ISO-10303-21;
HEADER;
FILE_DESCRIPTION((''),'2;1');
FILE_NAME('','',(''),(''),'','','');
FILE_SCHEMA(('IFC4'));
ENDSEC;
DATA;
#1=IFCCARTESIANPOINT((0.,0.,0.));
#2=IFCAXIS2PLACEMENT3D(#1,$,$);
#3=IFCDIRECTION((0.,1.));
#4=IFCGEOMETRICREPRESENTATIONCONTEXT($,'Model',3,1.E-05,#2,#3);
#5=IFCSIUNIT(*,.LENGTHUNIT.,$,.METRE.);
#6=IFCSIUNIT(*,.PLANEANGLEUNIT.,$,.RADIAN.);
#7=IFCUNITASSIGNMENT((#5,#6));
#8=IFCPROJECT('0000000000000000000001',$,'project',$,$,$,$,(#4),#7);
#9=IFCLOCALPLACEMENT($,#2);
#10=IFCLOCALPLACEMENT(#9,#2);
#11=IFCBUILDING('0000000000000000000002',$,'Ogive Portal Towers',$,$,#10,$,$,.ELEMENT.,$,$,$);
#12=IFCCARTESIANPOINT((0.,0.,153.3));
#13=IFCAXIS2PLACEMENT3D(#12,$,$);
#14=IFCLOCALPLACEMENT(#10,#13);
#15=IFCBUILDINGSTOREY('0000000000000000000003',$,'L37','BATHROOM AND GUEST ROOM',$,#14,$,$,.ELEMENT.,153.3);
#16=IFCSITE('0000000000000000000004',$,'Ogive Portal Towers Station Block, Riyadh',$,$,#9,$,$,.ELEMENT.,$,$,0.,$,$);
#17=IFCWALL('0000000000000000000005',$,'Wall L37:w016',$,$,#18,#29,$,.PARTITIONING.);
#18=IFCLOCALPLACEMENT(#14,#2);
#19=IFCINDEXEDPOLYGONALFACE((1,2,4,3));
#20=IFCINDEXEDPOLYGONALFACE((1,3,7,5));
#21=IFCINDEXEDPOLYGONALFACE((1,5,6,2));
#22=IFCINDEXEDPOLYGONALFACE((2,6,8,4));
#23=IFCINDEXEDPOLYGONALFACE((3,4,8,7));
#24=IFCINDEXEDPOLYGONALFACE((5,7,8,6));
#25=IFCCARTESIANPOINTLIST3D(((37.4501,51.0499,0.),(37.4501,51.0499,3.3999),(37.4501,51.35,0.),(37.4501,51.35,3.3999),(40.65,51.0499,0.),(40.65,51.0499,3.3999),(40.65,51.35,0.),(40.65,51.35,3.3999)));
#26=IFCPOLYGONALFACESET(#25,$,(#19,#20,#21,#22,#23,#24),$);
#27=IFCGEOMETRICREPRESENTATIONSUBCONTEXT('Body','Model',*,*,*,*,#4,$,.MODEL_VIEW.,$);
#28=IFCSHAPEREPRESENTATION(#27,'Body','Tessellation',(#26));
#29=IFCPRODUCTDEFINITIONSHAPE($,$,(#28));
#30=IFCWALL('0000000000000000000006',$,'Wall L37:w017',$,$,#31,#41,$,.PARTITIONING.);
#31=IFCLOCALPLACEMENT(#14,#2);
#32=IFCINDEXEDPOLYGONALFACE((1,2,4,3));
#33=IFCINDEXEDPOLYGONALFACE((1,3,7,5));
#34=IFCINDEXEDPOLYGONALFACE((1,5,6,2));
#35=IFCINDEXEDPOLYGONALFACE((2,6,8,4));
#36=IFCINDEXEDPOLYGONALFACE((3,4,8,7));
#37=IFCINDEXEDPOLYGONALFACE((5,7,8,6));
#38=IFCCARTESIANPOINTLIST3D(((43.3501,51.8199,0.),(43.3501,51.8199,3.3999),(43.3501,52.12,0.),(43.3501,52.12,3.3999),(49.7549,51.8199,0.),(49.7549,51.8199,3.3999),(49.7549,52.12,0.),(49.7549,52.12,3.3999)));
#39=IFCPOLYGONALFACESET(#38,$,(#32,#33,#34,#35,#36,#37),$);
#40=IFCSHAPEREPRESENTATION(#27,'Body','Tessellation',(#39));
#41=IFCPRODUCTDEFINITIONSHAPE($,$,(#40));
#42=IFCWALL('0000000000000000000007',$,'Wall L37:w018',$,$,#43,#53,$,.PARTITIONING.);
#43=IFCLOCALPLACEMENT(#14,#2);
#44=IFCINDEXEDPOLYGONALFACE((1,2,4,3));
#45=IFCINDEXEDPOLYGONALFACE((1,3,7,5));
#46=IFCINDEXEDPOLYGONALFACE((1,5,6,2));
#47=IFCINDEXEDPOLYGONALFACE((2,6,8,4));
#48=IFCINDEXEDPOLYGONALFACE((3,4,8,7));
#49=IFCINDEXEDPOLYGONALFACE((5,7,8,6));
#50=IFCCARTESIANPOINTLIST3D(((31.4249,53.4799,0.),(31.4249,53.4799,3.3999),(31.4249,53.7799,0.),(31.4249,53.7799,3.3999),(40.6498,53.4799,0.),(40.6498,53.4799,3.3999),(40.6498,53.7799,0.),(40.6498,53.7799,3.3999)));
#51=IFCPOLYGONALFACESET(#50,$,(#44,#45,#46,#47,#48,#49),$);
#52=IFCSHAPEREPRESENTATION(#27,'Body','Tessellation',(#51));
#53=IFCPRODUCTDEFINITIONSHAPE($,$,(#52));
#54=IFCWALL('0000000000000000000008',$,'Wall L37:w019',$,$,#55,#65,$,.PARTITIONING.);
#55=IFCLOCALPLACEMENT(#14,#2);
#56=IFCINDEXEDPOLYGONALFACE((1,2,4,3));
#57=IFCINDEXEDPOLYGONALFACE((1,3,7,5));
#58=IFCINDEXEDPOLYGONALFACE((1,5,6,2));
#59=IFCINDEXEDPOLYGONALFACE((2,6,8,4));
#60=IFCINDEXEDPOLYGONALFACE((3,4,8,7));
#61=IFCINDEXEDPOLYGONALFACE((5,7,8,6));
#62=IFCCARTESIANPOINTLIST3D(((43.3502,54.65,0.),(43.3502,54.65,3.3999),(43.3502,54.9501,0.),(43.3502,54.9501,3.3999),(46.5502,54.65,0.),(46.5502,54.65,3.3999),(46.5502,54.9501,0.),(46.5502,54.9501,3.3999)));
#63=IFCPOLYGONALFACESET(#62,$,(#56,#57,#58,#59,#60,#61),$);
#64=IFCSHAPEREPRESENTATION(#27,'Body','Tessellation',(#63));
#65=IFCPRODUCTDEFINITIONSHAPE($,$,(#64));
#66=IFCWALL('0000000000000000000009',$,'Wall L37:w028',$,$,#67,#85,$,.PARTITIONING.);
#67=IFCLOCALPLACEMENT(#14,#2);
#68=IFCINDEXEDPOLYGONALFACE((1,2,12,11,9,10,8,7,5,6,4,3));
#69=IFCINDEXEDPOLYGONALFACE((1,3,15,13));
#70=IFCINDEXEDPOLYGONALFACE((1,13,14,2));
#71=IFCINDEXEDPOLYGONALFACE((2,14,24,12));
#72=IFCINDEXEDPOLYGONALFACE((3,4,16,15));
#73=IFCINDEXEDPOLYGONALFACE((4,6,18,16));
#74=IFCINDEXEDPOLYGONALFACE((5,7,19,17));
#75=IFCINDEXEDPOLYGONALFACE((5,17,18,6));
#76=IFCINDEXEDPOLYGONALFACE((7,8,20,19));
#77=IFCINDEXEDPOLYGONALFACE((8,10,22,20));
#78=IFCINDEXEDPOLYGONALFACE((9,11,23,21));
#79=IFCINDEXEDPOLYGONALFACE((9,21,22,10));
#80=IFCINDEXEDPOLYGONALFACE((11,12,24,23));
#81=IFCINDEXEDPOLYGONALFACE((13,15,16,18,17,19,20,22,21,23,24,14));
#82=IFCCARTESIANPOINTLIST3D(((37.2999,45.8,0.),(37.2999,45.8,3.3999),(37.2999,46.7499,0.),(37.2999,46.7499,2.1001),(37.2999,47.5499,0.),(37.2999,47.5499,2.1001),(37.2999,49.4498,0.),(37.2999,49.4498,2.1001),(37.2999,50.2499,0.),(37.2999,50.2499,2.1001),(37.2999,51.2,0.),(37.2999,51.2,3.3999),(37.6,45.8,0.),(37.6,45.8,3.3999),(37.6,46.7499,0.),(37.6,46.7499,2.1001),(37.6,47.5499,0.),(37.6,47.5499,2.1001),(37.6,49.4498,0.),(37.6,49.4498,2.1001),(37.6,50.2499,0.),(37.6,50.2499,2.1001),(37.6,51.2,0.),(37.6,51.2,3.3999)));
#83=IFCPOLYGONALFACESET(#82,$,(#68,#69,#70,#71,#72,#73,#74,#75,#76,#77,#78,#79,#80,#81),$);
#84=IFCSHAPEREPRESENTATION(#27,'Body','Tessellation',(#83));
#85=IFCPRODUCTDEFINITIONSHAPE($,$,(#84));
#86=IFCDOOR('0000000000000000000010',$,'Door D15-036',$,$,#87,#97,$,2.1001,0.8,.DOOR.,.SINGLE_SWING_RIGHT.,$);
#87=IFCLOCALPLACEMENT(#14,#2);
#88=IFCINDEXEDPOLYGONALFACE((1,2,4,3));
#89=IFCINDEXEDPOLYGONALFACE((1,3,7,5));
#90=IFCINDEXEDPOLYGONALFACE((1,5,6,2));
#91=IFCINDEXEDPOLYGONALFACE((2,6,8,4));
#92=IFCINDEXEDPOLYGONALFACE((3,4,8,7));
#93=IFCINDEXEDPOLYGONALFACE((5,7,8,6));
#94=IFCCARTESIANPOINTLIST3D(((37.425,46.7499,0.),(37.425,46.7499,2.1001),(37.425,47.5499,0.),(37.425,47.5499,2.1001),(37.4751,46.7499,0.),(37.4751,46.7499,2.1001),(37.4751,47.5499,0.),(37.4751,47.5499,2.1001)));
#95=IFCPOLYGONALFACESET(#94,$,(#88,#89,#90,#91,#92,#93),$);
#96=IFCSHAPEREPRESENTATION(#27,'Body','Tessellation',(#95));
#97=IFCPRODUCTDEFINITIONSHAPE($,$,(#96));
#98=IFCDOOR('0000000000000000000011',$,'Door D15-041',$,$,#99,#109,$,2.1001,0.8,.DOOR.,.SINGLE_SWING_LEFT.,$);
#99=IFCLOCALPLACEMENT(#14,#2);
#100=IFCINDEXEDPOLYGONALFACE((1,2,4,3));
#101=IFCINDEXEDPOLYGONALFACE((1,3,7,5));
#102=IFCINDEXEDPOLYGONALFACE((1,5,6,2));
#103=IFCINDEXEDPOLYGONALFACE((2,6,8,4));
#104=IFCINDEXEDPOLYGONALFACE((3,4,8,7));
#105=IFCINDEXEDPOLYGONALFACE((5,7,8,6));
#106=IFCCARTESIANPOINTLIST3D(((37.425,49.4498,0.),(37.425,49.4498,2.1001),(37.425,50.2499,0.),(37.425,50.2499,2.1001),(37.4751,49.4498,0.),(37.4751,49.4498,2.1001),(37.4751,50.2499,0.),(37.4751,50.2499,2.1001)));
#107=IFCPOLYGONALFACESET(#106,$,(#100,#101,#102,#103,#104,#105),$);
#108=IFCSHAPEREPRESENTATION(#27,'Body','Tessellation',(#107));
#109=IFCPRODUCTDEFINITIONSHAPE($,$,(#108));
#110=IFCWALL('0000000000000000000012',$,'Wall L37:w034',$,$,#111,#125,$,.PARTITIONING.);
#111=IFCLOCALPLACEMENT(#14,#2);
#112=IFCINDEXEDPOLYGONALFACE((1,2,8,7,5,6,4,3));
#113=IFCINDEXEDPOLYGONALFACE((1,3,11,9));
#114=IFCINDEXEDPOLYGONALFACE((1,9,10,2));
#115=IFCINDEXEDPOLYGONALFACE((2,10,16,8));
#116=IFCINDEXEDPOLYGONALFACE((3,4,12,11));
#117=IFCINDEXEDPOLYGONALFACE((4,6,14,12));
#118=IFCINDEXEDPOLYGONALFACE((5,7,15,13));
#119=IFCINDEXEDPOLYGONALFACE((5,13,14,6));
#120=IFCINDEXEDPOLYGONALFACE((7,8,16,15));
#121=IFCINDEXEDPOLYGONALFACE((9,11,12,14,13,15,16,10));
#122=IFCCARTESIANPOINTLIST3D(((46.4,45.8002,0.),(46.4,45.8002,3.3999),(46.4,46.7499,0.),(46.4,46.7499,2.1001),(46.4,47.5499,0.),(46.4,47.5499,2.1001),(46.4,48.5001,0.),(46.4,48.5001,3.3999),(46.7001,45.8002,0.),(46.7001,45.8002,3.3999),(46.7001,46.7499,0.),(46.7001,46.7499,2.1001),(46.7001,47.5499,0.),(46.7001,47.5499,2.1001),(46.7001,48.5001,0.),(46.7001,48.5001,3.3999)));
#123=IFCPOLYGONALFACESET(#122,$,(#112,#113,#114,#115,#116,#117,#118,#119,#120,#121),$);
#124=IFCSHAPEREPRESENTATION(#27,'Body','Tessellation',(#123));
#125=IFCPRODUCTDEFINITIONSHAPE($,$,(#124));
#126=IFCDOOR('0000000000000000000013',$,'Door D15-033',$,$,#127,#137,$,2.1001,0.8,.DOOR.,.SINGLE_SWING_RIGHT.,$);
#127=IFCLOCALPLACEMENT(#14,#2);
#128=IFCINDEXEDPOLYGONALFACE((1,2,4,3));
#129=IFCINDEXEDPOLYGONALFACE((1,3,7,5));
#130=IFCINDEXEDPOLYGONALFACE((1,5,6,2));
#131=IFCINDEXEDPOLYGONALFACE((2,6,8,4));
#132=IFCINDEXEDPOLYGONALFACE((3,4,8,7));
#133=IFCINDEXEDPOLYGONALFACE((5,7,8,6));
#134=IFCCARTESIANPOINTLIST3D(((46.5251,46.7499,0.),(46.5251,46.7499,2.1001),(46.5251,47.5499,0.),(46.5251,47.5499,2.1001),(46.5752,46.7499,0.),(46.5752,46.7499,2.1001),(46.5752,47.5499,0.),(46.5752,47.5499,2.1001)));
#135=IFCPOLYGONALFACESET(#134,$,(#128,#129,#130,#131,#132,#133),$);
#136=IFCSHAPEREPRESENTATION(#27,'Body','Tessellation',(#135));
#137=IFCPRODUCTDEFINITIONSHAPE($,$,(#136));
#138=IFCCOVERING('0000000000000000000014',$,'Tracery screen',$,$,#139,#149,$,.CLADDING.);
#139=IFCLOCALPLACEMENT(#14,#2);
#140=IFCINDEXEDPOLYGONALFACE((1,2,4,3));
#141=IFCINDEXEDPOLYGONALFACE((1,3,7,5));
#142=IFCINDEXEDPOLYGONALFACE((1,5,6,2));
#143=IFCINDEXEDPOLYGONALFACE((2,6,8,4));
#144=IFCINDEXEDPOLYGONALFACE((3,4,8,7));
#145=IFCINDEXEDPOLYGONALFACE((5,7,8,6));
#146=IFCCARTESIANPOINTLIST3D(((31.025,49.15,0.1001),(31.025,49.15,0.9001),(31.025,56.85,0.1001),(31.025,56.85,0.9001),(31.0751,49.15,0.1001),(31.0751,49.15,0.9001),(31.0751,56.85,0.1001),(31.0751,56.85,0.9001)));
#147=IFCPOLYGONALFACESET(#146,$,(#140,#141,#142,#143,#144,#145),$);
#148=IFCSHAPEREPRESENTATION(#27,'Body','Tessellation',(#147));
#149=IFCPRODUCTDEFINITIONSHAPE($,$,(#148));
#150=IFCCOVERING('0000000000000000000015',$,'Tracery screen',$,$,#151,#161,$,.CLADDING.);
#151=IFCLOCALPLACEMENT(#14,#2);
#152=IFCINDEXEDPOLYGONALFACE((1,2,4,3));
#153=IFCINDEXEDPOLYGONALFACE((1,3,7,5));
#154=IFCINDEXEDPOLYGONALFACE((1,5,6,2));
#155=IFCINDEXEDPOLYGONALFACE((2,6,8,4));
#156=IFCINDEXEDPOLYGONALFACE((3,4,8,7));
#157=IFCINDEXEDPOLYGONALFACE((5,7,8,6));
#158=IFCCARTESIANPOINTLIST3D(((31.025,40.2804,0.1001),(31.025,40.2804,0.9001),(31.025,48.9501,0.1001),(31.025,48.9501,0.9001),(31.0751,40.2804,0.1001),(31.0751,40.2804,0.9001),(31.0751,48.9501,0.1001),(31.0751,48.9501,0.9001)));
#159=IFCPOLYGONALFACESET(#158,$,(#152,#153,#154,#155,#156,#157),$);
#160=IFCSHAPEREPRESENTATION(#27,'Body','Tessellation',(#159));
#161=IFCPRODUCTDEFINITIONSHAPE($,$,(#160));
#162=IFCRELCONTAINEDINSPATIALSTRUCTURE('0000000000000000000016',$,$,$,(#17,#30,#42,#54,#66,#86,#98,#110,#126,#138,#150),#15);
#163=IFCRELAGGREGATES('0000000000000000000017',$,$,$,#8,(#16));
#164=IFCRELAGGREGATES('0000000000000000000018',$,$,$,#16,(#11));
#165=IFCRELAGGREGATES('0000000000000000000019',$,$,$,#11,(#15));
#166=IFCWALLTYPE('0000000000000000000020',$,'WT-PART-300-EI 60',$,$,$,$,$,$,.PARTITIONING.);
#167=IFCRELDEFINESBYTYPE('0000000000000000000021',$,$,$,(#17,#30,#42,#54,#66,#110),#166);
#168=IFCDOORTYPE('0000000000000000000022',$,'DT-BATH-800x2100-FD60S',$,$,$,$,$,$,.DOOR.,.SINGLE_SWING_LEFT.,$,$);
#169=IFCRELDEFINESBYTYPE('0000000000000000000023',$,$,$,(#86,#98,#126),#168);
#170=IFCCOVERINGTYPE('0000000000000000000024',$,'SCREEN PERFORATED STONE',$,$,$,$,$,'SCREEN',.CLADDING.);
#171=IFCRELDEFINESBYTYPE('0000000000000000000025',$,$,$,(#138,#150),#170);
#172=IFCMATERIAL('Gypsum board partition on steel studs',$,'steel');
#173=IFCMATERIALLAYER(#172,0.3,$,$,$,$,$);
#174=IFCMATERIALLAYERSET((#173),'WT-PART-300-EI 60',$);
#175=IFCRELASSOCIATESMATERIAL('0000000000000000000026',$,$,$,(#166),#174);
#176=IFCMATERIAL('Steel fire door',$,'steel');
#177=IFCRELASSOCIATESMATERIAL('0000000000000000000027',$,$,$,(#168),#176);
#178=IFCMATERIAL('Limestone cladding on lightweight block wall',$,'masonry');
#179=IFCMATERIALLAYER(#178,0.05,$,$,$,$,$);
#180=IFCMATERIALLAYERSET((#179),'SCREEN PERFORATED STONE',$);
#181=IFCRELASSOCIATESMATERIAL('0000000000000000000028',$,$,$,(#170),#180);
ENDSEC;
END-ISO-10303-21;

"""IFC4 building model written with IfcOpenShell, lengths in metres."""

from ifc_helpers import new_model, si_unit, direction, frame, frame_2d, origin, origin_2d, place, context, subcontext, project, spatial, rectangle, extrude, material, layer, layer_set, type_object, element, fill, save


model = new_model("IFC4")

# Units and contexts
model_context = context("Model", 3, precision=1e-05, world=origin(), true_north=direction((0.0, 1.0)))
body_context = subcontext(model_context, "Body", "Model", "MODEL_VIEW")
ifc_project = project(units=[si_unit("LENGTHUNIT", "METRE"), si_unit("PLANEANGLEUNIT", "RADIAN")], contexts=[model_context])

# Site, building, storey
site_placement = place(None, origin())
site = spatial("IfcSite", under=ifc_project, at=site_placement, Name="Ogive Portal Towers Station Block, Riyadh", CompositionType="ELEMENT", RefElevation=0.0)
building_placement = place(site_placement, origin())
building = spatial("IfcBuilding", under=site, at=building_placement, Name="Ogive Portal Towers", CompositionType="ELEMENT")
storey_placement = place(building_placement, frame((0.0, 0.0, 153.3)))
storey = spatial("IfcBuildingStorey", under=building, at=storey_placement, Name="L37", Description="BATHROOM AND GUEST ROOM", CompositionType="ELEMENT", Elevation=153.3)

# Shared definitions
ifc_material_1 = material(Name="Limestone cladding on lightweight block wall", Category="masonry")

# Walls
ifc_material_2 = material(Name="Gypsum board partition on steel studs", Category="steel")
ifc_layer_1 = layer(ifc_material_2, 0.3)
ifc_layer_set_1 = layer_set([ifc_layer_1], Name="WT-PART-300-EI 60")
wall_type_1 = type_object("IfcWallType", Name="WT-PART-300-EI 60", PredefinedType="PARTITIONING", material=ifc_layer_set_1)
wall_1_placement = place(storey_placement, frame((37.45, 51.2, 0.0), z_axis=(0.0, 0.0, 1.0), x_axis=(1.0, 0.0, 0.0)))
element("IfcWall", 1, at=wall_1_placement, inside=storey, type_object=wall_type_1, Name="Wall L37:w016", PredefinedType="PARTITIONING", context=body_context, shape_type="SweptSolid", body=[
    extrude(rectangle(XDim=3.2, YDim=0.3, at=frame_2d((1.6001, 0.0))), origin(), (0.0, 0.0, 1.0), 3.3999),
])
wall_2_placement = place(storey_placement, frame((43.3501, 51.97, 0.0), z_axis=(0.0, 0.0, 1.0), x_axis=(1.0, 0.0, 0.0)))
element("IfcWall", 2, at=wall_2_placement, inside=storey, type_object=wall_type_1, Name="Wall L37:w017", PredefinedType="PARTITIONING", context=body_context, shape_type="SweptSolid", body=[
    extrude(rectangle(XDim=6.4048, YDim=0.3, at=frame_2d((3.2024, 0.0))), origin(), (0.0, 0.0, 1.0), 3.3999),
])
wall_3_placement = place(storey_placement, frame((31.425, 53.6299, 0.0), z_axis=(0.0, 0.0, 1.0), x_axis=(1.0, 0.0, 0.0)))
element("IfcWall", 3, at=wall_3_placement, inside=storey, type_object=wall_type_1, Name="Wall L37:w018", PredefinedType="PARTITIONING", context=body_context, shape_type="SweptSolid", body=[
    extrude(rectangle(XDim=9.2249, YDim=0.3, at=frame_2d((4.6123, 0.0))), origin(), (0.0, 0.0, 1.0), 3.3999),
])
wall_4_placement = place(storey_placement, frame((43.3501, 54.8, 0.0), z_axis=(0.0, 0.0, 1.0), x_axis=(1.0, 0.0, 0.0)))
element("IfcWall", 4, at=wall_4_placement, inside=storey, type_object=wall_type_1, Name="Wall L37:w019", PredefinedType="PARTITIONING", context=body_context, shape_type="SweptSolid", body=[
    extrude(rectangle(XDim=3.2, YDim=0.3, at=frame_2d((1.6001, 0.0))), origin(), (0.0, 0.0, 1.0), 3.3999),
])

# Wall, openings, doors
wall_5_placement = place(storey_placement, frame((37.45, 45.8, 0.0), z_axis=(0.0, 0.0, 1.0), x_axis=(0.0, 1.0, 0.0)))
wall_5 = element("IfcWall", 5, at=wall_5_placement, inside=storey, type_object=wall_type_1, Name="Wall L37:w028", PredefinedType="PARTITIONING", context=body_context, shape_type="SweptSolid", body=[
    extrude(rectangle(XDim=5.3999, YDim=0.3, at=frame_2d((2.7, 0.0))), origin(), (0.0, 0.0, 1.0), 3.3999),
])
opening_1_placement = place(wall_5_placement, frame((0.95, 0.0, 0.0)))
opening_1 = element("IfcOpeningElement", 6, at=opening_1_placement, cuts=wall_5, PredefinedType="OPENING", context=body_context, shape_type="SweptSolid", body=[
    extrude(rectangle(XDim=0.8, YDim=2.1001, at=frame_2d((0.3999, 1.05))), frame((0.0, 0.1602, 0.0), z_axis=(0.0, -1.0, 0.0), x_axis=(1.0, 0.0, 0.0)), (0.0, 0.0, 1.0), 0.3201),
])
opening_2_placement = place(wall_5_placement, frame((3.6499, 0.0, 0.0)))
opening_2 = element("IfcOpeningElement", 7, at=opening_2_placement, cuts=wall_5, PredefinedType="OPENING", context=body_context, shape_type="SweptSolid", body=[
    extrude(rectangle(XDim=0.8, YDim=2.1001, at=frame_2d((0.3999, 1.05))), frame((0.0, 0.1602, 0.0), z_axis=(0.0, -1.0, 0.0), x_axis=(1.0, 0.0, 0.0)), (0.0, 0.0, 1.0), 0.3201),
])
ifc_material_3 = material(Name="Steel fire door", Category="steel")
door_type = type_object("IfcDoorType", Name="DT-BATH-800x2100-FD60S", OperationType="SINGLE_SWING_LEFT", PredefinedType="DOOR", material=ifc_material_3)
door_1_placement = place(opening_1_placement, origin())
door_1 = element("IfcDoor", 8, at=door_1_placement, inside=storey, type_object=door_type, Name="Door D15-036", OperationType="SINGLE_SWING_RIGHT", OverallHeight=2.1001, OverallWidth=0.8, PredefinedType="DOOR", context=body_context, shape_type="SweptSolid", body=[
    extrude(rectangle(XDim=0.8, YDim=2.1001, at=frame_2d((0.3999, 1.05))), frame((0.0, 0.0249, 0.0), z_axis=(0.0, -1.0, 0.0), x_axis=(1.0, 0.0, 0.0)), (0.0, 0.0, 1.0), 0.05),
])
fill(opening_1, door_1)
door_2_placement = place(opening_2_placement, origin())
door_2 = element("IfcDoor", 9, at=door_2_placement, inside=storey, type_object=door_type, Name="Door D15-041", OperationType="SINGLE_SWING_LEFT", OverallHeight=2.1001, OverallWidth=0.8, PredefinedType="DOOR", context=body_context, shape_type="SweptSolid", body=[
    extrude(rectangle(XDim=0.8, YDim=2.1001, at=frame_2d((0.3999, 1.05))), frame((0.0, 0.0249, 0.0), z_axis=(0.0, -1.0, 0.0), x_axis=(1.0, 0.0, 0.0)), (0.0, 0.0, 1.0), 0.05),
])
fill(opening_2, door_2)

# Wall, opening, door
wall_6_placement = place(storey_placement, frame((46.55, 45.8, 0.0), z_axis=(0.0, 0.0, 1.0), x_axis=(0.0, 1.0, 0.0)))
wall_6 = element("IfcWall", 10, at=wall_6_placement, inside=storey, type_object=wall_type_1, Name="Wall L37:w034", PredefinedType="PARTITIONING", context=body_context, shape_type="SweptSolid", body=[
    extrude(rectangle(XDim=2.7, YDim=0.3, at=frame_2d((1.3501, 0.0))), origin(), (0.0, 0.0, 1.0), 3.3999),
])
opening_3_placement = place(wall_6_placement, frame((0.95, 0.0, 0.0)))
opening_3 = element("IfcOpeningElement", 11, at=opening_3_placement, cuts=wall_6, PredefinedType="OPENING", context=body_context, shape_type="SweptSolid", body=[
    extrude(rectangle(XDim=0.8, YDim=2.1001, at=frame_2d((0.3999, 1.05))), frame((0.0, 0.1602, 0.0), z_axis=(0.0, -1.0, 0.0), x_axis=(1.0, 0.0, 0.0)), (0.0, 0.0, 1.0), 0.3201),
])
door_3_placement = place(opening_3_placement, origin())
door_3 = element("IfcDoor", 12, at=door_3_placement, inside=storey, type_object=door_type, Name="Door D15-033", OperationType="SINGLE_SWING_RIGHT", OverallHeight=2.1001, OverallWidth=0.8, PredefinedType="DOOR", context=body_context, shape_type="SweptSolid", body=[
    extrude(rectangle(XDim=0.8, YDim=2.1001, at=frame_2d((0.3999, 1.05))), frame((0.0, 0.0249, 0.0), z_axis=(0.0, -1.0, 0.0), x_axis=(1.0, 0.0, 0.0)), (0.0, 0.0, 1.0), 0.05),
])
fill(opening_3, door_3)

# Coverings
ifc_layer_2 = layer(ifc_material_1, 0.05)
ifc_layer_set_2 = layer_set([ifc_layer_2], Name="SCREEN PERFORATED STONE")
covering_type = type_object("IfcCoveringType", Name="SCREEN PERFORATED STONE", ElementType="SCREEN", PredefinedType="CLADDING", material=ifc_layer_set_2)
covering_1_placement = place(storey_placement, frame((31.05, 53.0, 0.1001), z_axis=(0.0, 0.0, 1.0), x_axis=(0.0, -1.0, 0.0)))
element("IfcCovering", 13, at=covering_1_placement, inside=storey, type_object=covering_type, Name="Tracery screen", PredefinedType="CLADDING", context=body_context, shape_type="SweptSolid", body=[
    extrude(rectangle(XDim=7.7, YDim=0.05, at=origin_2d()), origin(), (0.0, 0.0, 1.0), 0.8),
])
covering_2_placement = place(storey_placement, frame((31.05, 44.6152, 0.1001), z_axis=(0.0, 0.0, 1.0), x_axis=(0.0, -1.0, 0.0)))
element("IfcCovering", 14, at=covering_2_placement, inside=storey, type_object=covering_type, Name="Tracery screen", PredefinedType="CLADDING", context=body_context, shape_type="SweptSolid", body=[
    extrude(rectangle(XDim=8.6697, YDim=0.05, at=origin_2d()), origin(), (0.0, 0.0, 1.0), 0.8),
])

save(model, "model.ifc")
